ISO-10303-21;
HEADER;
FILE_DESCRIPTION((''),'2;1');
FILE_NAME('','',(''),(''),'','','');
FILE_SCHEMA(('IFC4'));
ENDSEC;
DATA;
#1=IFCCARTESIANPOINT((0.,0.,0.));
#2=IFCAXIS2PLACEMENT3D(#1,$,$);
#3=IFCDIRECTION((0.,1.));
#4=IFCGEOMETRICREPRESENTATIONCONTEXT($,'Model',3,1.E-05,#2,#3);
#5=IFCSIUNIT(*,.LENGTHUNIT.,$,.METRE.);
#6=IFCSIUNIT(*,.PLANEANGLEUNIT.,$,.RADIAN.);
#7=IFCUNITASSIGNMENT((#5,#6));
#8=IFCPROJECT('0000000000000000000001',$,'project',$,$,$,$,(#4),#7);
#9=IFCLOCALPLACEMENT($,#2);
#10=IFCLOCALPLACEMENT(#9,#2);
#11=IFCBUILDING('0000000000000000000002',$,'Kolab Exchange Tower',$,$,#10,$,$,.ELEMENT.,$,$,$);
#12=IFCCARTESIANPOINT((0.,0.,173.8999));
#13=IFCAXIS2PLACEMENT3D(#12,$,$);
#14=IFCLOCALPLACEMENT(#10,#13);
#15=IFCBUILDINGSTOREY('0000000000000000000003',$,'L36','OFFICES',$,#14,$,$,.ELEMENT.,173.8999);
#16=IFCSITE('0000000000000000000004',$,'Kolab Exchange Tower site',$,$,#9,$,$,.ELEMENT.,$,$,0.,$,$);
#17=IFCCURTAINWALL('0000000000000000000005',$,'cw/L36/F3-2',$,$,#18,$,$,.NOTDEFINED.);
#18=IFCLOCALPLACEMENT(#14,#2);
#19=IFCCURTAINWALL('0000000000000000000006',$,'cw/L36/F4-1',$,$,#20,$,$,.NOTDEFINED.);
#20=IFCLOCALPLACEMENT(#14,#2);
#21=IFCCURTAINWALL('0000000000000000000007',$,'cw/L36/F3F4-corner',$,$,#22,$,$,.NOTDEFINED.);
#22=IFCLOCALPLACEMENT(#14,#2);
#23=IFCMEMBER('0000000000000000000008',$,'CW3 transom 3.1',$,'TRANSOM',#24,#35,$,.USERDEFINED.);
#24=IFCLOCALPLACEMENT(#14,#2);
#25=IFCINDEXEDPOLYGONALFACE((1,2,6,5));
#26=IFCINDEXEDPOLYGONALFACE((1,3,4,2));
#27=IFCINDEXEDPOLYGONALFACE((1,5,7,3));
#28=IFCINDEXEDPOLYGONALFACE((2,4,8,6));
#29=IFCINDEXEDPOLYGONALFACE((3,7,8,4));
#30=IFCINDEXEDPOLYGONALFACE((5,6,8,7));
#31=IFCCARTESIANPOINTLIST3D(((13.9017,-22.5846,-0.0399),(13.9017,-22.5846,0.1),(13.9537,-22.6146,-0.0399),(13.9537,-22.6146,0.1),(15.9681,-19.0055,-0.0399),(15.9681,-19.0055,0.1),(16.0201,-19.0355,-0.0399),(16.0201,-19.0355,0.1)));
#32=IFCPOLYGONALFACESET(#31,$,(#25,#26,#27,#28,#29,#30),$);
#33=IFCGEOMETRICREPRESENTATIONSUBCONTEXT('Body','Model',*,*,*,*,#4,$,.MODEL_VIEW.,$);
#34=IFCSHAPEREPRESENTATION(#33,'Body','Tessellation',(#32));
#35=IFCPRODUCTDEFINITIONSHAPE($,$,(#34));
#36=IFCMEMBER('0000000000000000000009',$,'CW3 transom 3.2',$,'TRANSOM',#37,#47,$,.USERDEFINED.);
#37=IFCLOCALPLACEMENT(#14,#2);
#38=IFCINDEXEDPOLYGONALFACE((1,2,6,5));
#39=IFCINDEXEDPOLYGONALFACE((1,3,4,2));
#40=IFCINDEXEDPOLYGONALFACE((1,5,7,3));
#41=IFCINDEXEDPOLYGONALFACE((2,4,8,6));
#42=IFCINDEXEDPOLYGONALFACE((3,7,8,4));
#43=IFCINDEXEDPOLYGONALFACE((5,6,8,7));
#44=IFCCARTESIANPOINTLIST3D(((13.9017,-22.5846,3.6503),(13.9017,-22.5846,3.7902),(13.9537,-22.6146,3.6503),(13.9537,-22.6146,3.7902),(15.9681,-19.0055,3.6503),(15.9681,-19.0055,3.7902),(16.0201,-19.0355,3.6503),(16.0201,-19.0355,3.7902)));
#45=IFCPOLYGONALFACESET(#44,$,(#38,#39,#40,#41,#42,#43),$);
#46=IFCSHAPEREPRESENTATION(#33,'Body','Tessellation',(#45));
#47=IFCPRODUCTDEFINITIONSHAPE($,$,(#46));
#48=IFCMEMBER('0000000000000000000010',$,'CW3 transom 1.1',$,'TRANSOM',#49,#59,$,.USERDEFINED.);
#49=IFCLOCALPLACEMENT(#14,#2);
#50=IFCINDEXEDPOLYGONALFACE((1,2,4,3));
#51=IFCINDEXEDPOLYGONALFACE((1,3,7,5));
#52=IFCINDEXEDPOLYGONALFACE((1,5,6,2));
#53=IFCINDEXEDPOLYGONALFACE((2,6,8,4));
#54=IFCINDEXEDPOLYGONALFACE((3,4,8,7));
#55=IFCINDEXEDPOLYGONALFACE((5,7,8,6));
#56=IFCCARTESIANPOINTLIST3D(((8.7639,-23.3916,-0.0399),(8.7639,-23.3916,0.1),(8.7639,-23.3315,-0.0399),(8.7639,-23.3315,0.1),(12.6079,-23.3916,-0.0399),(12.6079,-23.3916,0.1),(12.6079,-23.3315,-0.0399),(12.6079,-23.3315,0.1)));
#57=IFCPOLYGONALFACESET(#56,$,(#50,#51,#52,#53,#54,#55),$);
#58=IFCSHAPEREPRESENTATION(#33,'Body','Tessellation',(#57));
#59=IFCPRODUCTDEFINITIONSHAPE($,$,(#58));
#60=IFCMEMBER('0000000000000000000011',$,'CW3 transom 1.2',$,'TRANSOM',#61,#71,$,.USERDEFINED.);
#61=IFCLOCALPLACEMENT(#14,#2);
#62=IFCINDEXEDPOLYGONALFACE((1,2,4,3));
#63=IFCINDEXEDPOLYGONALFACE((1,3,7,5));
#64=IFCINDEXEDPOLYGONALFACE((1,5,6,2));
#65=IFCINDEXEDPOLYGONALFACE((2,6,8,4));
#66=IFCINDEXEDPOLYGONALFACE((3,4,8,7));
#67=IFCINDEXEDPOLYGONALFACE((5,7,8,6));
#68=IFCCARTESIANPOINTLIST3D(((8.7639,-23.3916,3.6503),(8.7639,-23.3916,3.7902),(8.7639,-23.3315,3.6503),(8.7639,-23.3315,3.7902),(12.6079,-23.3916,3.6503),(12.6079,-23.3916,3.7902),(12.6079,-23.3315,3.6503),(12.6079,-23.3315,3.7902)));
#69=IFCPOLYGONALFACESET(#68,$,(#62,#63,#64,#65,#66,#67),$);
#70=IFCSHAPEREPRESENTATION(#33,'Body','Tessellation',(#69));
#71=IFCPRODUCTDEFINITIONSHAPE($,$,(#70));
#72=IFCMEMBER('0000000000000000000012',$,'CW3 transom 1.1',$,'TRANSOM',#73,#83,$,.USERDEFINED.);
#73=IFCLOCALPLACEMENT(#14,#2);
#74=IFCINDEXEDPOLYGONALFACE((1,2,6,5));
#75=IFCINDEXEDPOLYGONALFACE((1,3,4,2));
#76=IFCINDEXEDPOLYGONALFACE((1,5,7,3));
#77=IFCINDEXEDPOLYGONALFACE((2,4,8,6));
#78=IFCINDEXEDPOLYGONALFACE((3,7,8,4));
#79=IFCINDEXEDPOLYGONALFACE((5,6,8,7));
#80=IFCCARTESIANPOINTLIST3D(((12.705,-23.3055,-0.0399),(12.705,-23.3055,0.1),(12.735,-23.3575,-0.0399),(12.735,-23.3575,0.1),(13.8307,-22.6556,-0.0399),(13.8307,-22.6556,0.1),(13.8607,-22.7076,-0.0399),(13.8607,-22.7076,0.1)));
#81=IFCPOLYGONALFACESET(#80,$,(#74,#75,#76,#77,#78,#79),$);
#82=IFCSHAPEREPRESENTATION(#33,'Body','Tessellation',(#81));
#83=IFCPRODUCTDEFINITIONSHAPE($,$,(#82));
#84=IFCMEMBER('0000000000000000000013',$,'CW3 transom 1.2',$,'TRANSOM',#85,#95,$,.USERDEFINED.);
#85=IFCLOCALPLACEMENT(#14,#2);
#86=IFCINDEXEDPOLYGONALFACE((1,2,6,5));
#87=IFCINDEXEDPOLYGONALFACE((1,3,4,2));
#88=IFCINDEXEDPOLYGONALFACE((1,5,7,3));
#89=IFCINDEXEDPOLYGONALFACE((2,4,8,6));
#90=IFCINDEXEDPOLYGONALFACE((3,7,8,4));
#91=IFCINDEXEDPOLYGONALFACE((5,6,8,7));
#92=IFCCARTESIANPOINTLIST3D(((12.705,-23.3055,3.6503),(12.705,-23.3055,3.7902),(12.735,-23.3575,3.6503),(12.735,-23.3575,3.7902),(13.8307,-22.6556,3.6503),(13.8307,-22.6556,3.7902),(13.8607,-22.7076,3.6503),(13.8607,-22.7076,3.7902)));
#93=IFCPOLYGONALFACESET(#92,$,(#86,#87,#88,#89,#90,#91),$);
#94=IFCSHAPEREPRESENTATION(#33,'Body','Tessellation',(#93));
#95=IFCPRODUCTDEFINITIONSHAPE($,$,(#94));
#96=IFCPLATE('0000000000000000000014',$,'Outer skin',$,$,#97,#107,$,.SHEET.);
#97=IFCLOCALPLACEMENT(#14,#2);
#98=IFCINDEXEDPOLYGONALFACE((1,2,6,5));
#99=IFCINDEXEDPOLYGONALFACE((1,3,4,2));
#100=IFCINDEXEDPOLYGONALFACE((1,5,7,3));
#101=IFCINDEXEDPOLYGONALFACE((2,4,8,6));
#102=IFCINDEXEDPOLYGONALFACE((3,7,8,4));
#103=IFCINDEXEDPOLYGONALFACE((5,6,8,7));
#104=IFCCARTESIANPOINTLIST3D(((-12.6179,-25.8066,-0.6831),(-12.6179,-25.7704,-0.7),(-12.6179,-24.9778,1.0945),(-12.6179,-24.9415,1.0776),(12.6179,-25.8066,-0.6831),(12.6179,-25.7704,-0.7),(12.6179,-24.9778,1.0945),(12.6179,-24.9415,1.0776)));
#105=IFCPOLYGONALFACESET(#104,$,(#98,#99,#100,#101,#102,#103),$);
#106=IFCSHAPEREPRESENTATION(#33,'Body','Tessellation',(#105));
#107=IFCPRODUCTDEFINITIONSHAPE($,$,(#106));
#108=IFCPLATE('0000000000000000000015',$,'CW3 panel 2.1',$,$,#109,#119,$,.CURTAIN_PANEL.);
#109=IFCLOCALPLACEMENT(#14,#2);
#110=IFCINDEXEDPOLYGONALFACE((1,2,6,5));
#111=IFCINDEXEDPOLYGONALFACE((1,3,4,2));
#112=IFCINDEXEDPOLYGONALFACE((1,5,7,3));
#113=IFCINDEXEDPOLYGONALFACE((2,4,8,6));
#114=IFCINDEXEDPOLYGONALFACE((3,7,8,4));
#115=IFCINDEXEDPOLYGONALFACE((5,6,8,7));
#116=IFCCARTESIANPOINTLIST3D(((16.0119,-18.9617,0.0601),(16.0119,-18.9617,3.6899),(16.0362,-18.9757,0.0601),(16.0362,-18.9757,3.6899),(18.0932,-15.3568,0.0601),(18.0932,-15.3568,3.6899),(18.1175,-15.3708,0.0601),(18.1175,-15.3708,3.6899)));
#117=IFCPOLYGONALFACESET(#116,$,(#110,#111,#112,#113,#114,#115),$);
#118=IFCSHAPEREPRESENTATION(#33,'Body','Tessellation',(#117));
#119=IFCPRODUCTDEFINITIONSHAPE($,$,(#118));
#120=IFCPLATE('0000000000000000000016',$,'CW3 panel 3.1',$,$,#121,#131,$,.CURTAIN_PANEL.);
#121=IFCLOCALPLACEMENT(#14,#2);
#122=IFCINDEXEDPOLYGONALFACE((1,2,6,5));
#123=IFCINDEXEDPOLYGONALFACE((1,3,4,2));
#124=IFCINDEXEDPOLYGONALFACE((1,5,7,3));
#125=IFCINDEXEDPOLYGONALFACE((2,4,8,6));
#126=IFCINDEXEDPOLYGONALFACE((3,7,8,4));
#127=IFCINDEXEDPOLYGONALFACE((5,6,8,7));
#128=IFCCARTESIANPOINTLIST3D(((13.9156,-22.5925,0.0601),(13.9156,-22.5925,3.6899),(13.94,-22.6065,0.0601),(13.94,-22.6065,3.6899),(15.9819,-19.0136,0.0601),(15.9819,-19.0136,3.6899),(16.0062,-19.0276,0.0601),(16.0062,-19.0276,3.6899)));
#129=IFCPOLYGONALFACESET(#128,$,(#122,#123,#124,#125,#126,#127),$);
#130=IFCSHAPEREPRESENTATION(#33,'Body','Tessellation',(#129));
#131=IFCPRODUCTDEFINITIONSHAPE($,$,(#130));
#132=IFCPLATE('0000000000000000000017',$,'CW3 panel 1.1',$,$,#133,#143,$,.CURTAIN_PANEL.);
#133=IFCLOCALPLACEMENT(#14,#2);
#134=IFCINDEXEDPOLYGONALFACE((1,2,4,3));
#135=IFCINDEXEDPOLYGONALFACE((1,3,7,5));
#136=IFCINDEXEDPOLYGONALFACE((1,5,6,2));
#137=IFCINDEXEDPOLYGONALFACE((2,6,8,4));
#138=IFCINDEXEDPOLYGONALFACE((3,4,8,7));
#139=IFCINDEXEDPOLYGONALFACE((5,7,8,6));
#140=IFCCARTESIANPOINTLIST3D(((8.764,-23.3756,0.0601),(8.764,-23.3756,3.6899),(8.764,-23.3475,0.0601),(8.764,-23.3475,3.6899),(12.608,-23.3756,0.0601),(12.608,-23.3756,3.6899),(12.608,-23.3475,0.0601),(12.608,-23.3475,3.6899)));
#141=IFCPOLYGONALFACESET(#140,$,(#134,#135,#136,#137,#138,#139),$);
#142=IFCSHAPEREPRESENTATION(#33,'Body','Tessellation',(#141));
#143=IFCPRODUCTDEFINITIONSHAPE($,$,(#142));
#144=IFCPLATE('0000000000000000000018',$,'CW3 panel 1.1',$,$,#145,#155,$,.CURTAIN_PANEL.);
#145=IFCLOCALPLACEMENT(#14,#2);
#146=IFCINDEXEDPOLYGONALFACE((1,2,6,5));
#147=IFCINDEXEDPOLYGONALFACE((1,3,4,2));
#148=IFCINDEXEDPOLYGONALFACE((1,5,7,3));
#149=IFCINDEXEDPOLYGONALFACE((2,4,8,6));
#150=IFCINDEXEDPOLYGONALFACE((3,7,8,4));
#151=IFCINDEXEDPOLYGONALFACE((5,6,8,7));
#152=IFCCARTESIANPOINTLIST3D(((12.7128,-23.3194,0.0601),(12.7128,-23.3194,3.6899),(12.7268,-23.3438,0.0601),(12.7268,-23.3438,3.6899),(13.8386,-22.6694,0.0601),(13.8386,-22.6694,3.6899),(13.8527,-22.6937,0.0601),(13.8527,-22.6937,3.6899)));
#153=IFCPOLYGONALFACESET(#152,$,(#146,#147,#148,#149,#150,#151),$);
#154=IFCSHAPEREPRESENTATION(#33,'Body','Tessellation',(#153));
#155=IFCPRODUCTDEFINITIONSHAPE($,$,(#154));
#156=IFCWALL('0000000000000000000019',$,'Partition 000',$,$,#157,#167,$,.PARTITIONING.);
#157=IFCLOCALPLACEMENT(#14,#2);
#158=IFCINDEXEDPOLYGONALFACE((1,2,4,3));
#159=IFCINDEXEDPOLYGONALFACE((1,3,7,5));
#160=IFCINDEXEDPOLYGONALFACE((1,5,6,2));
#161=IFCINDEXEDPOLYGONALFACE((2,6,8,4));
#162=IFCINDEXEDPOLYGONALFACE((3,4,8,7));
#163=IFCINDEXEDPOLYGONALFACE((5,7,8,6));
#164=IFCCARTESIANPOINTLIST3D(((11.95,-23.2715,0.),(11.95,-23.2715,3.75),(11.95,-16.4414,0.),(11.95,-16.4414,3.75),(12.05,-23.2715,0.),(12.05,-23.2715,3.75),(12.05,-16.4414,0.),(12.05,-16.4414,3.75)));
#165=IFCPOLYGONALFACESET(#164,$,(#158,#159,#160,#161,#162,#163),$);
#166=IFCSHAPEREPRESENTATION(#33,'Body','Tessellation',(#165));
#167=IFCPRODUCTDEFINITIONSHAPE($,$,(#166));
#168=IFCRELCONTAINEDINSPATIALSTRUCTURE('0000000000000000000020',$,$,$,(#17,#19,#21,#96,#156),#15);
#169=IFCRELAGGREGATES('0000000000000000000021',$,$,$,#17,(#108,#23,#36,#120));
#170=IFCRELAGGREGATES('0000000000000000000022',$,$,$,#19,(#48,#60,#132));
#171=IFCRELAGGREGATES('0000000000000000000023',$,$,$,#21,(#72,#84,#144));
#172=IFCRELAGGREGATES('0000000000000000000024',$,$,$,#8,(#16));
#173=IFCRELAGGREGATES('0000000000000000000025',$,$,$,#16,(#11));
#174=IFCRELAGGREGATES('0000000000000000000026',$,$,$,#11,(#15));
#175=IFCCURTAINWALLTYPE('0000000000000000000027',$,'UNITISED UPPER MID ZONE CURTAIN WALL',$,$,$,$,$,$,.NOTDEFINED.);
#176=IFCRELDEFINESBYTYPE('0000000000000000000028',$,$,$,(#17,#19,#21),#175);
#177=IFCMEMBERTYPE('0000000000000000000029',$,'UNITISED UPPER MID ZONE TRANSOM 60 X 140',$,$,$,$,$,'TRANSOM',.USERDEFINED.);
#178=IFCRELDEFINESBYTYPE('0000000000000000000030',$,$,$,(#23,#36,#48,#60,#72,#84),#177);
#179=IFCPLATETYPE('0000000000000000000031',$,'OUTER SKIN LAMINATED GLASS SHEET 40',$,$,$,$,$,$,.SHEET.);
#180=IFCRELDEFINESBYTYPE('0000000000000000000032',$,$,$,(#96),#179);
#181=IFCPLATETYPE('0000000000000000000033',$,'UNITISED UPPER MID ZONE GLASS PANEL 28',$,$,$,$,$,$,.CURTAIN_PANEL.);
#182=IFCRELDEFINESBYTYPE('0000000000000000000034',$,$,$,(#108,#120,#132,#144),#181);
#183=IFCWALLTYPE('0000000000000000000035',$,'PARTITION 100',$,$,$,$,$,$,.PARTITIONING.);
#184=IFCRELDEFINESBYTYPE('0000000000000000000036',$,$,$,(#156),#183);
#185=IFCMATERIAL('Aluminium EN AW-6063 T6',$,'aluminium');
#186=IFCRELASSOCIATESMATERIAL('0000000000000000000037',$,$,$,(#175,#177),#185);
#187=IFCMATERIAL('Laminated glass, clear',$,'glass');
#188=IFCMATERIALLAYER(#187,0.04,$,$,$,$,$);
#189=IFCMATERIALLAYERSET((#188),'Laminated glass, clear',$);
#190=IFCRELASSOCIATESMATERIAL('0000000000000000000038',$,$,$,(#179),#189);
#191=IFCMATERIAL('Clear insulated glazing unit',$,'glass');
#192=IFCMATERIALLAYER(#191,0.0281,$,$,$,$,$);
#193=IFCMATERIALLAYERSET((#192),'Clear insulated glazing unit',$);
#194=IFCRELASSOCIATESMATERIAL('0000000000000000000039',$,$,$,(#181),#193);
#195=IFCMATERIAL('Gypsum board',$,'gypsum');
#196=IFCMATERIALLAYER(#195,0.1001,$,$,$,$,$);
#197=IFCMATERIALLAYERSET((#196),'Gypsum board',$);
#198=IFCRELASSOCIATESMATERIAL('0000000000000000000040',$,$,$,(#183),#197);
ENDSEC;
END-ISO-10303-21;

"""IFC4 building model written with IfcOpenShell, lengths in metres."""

from ifc_helpers import new_model, si_unit, direction, frame, frame_2d, origin, origin_2d, place, context, subcontext, project, spatial, polyline, rectangle, outline, extrude, material, layer, layer_set, material_profile, profile_set, type_object, element, aggregate, save


model = new_model("IFC4")

# Units and contexts
model_context = context("Model", 3, precision=1e-05, world=origin(), true_north=direction((0.0, 1.0)))
body_context = subcontext(model_context, "Body", "Model", "MODEL_VIEW")
ifc_project = project(units=[si_unit("LENGTHUNIT", "METRE"), si_unit("PLANEANGLEUNIT", "RADIAN")], contexts=[model_context])

# Site, building, storey
site_placement = place(None, origin())
site = spatial("IfcSite", under=ifc_project, at=site_placement, Name="Kolab Exchange Tower site", CompositionType="ELEMENT", RefElevation=0.0)
building_placement = place(site_placement, origin())
building = spatial("IfcBuilding", under=site, at=building_placement, Name="Kolab Exchange Tower", CompositionType="ELEMENT")
storey_placement = place(building_placement, frame((0.0, 0.0, 173.8999)))
storey = spatial("IfcBuildingStorey", under=building, at=storey_placement, Name="L36", Description="OFFICES", CompositionType="ELEMENT", Elevation=173.8999)

# Curtain wall
ifc_material_1 = material(Name="Aluminium EN AW-6063 T6", Category="aluminium")
curtain_wall_type = type_object("IfcCurtainWallType", Name="UNITISED UPPER MID ZONE CURTAIN WALL", PredefinedType="NOTDEFINED", material=ifc_material_1)
curtain_wall_1_placement = place(storey_placement, origin())
curtain_wall_1 = element("IfcCurtainWall", 1, at=curtain_wall_1_placement, inside=storey, type_object=curtain_wall_type, Name="cw/L36/F3-2", PredefinedType="NOTDEFINED")

# Curtain wall
curtain_wall_2_placement = place(storey_placement, origin())
curtain_wall_2 = element("IfcCurtainWall", 2, at=curtain_wall_2_placement, inside=storey, type_object=curtain_wall_type, Name="cw/L36/F4-1", PredefinedType="NOTDEFINED")

# Curtain wall
curtain_wall_3_placement = place(storey_placement, origin())
curtain_wall_3 = element("IfcCurtainWall", 3, at=curtain_wall_3_placement, inside=storey, type_object=curtain_wall_type, Name="cw/L36/F3F4-corner", PredefinedType="NOTDEFINED")

# Members
ifc_material_profile_1 = material_profile(ifc_material_1, rectangle(XDim=0.0601, YDim=0.1399, at=origin_2d()), Name="RECT 60X140")
ifc_profile_set_1 = profile_set([ifc_material_profile_1], Name="Aluminium EN AW-6063 T6")
member_type_1 = type_object("IfcMemberType", Name="UNITISED UPPER MID ZONE TRANSOM 60 X 140", ElementType="TRANSOM", PredefinedType="USERDEFINED", material=ifc_profile_set_1)
member_1_placement = place(storey_placement, frame((15.9941, -19.0205, 0.03), z_axis=(-0.500002, -0.866024, 0.0), x_axis=(0.866024, -0.500002, 0.0)))
member_1 = element("IfcMember", 4, at=member_1_placement, type_object=member_type_1, Name="CW3 transom 3.1", ObjectType="TRANSOM", PredefinedType="USERDEFINED", context=body_context, shape_type="SweptSolid", body=[
    extrude(rectangle(XDim=0.0601, YDim=0.1399, at=origin_2d()), origin(), (0.0, 0.0, 1.0), 4.1328),
])
member_2_placement = place(storey_placement, frame((15.9941, -19.0205, 3.7202), z_axis=(-0.500002, -0.866024, 0.0), x_axis=(0.866024, -0.500002, 0.0)))
member_2 = element("IfcMember", 5, at=member_2_placement, type_object=member_type_1, Name="CW3 transom 3.2", ObjectType="TRANSOM", PredefinedType="USERDEFINED", context=body_context, shape_type="SweptSolid", body=[
    extrude(rectangle(XDim=0.0601, YDim=0.1399, at=origin_2d()), origin(), (0.0, 0.0, 1.0), 4.1328),
])
member_3_placement = place(storey_placement, frame((12.6079, -23.3616, 0.03), z_axis=(-1.0, 0.0, 0.0), x_axis=(0.0, -1.0, 0.0)))
member_3 = element("IfcMember", 6, at=member_3_placement, type_object=member_type_1, Name="CW3 transom 1.1", ObjectType="TRANSOM", PredefinedType="USERDEFINED", context=body_context, shape_type="SweptSolid", body=[
    extrude(rectangle(XDim=0.0601, YDim=0.1399, at=origin_2d()), origin(), (0.0, 0.0, 1.0), 3.844),
])
member_4_placement = place(storey_placement, frame((12.6079, -23.3616, 3.7202), z_axis=(-1.0, 0.0, 0.0), x_axis=(0.0, -1.0, 0.0)))
member_4 = element("IfcMember", 7, at=member_4_placement, type_object=member_type_1, Name="CW3 transom 1.2", ObjectType="TRANSOM", PredefinedType="USERDEFINED", context=body_context, shape_type="SweptSolid", body=[
    extrude(rectangle(XDim=0.0601, YDim=0.1399, at=origin_2d()), origin(), (0.0, 0.0, 1.0), 3.844),
])
member_5_placement = place(storey_placement, frame((13.8457, -22.6816, 0.03), z_axis=(-0.866039, -0.499977, 0.0), x_axis=(0.499977, -0.866039, 0.0)))
member_5 = element("IfcMember", 8, at=member_5_placement, type_object=member_type_1, Name="CW3 transom 1.1", ObjectType="TRANSOM", PredefinedType="USERDEFINED", context=body_context, shape_type="SweptSolid", body=[
    extrude(rectangle(XDim=0.0601, YDim=0.1399, at=origin_2d()), origin(), (0.0, 0.0, 1.0), 1.2998),
])
member_6_placement = place(storey_placement, frame((13.8457, -22.6816, 3.7202), z_axis=(-0.866039, -0.499977, 0.0), x_axis=(0.499977, -0.866039, 0.0)))
member_6 = element("IfcMember", 9, at=member_6_placement, type_object=member_type_1, Name="CW3 transom 1.2", ObjectType="TRANSOM", PredefinedType="USERDEFINED", context=body_context, shape_type="SweptSolid", body=[
    extrude(rectangle(XDim=0.0601, YDim=0.1399, at=origin_2d()), origin(), (0.0, 0.0, 1.0), 1.2998),
])

# Plates
ifc_material_2 = material(Name="Laminated glass, clear", Category="glass")
ifc_layer_1 = layer(ifc_material_2, 0.04)
ifc_layer_set_1 = layer_set([ifc_layer_1], Name="Laminated glass, clear")
plate_type_1 = type_object("IfcPlateType", Name="OUTER SKIN LAMINATED GLASS SHEET 40", PredefinedType="SHEET", material=ifc_layer_set_1)
plate_1_placement = place(storey_placement, frame((12.6179, -25.8066, -0.6831), z_axis=(0.0, -0.906317, 0.422599), x_axis=(-1.0, 0.0, 0.0)))
element("IfcPlate", 10, at=plate_1_placement, inside=storey, type_object=plate_type_1, Name="Outer skin", PredefinedType="SHEET", context=body_context, shape_type="SweptSolid", body=[
    extrude(outline(polyline([(0.0, 0.0), (25.2358, 0.0), (25.2358, -1.9613), (0.0, -1.9613), (0.0, 0.0)])), origin(), (0.0, 0.0, -1.0), 0.04),
])
ifc_material_3 = material(Name="Clear insulated glazing unit", Category="glass")
ifc_layer_2 = layer(ifc_material_3, 0.0281)
ifc_layer_set_2 = layer_set([ifc_layer_2], Name="Clear insulated glazing unit")
plate_type_2 = type_object("IfcPlateType", Name="UNITISED UPPER MID ZONE GLASS PANEL 28", PredefinedType="CURTAIN_PANEL", material=ifc_layer_set_2)
plate_2_placement = place(storey_placement, frame((17.0647, -17.1663, 0.0601), z_axis=(0.0, 0.0, 1.0), x_axis=(-0.5, -0.866025, 0.0)))
plate_2 = element("IfcPlate", 11, at=plate_2_placement, type_object=plate_type_2, Name="CW3 panel 2.1", PredefinedType="CURTAIN_PANEL", context=body_context, shape_type="SweptSolid", body=[
    extrude(rectangle(XDim=4.1626, YDim=0.0281, at=origin_2d()), origin(), (0.0, 0.0, 1.0), 3.6299),
])
plate_3_placement = place(storey_placement, frame((14.9609, -20.8101, 0.0601), z_axis=(0.0, 0.0, 1.0), x_axis=(-0.5, -0.866025, 0.0)))
plate_3 = element("IfcPlate", 12, at=plate_3_placement, type_object=plate_type_2, Name="CW3 panel 3.1", PredefinedType="CURTAIN_PANEL", context=body_context, shape_type="SweptSolid", body=[
    extrude(rectangle(XDim=4.1326, YDim=0.0281, at=origin_2d()), origin(), (0.0, 0.0, 1.0), 3.6299),
])
aggregate(curtain_wall_1, [plate_2, member_1, member_2, plate_3])
plate_4_placement = place(storey_placement, frame((10.686, -23.3616, 0.0601), z_axis=(0.0, 0.0, 1.0), x_axis=(-1.0, 0.0, 0.0)))
plate_4 = element("IfcPlate", 13, at=plate_4_placement, type_object=plate_type_2, Name="CW3 panel 1.1", PredefinedType="CURTAIN_PANEL", context=body_context, shape_type="SweptSolid", body=[
    extrude(rectangle(XDim=3.844, YDim=0.0281, at=origin_2d()), origin(), (0.0, 0.0, 1.0), 3.6299),
])
aggregate(curtain_wall_2, [member_3, member_4, plate_4])
plate_5_placement = place(storey_placement, frame((13.2827, -23.0066, 0.0601), z_axis=(0.0, 0.0, 1.0), x_axis=(-0.866025, -0.5, 0.0)))
plate_5 = element("IfcPlate", 14, at=plate_5_placement, type_object=plate_type_2, Name="CW3 panel 1.1", PredefinedType="CURTAIN_PANEL", context=body_context, shape_type="SweptSolid", body=[
    extrude(rectangle(XDim=1.3, YDim=0.0281, at=origin_2d()), origin(), (0.0, 0.0, 1.0), 3.6299),
])
aggregate(curtain_wall_3, [member_5, member_6, plate_5])

# Wall
ifc_material_4 = material(Name="Gypsum board", Category="gypsum")
ifc_layer_3 = layer(ifc_material_4, 0.1001)
ifc_layer_set_3 = layer_set([ifc_layer_3], Name="Gypsum board")
wall_type = type_object("IfcWallType", Name="PARTITION 100", PredefinedType="PARTITIONING", material=ifc_layer_set_3)
wall_placement = place(storey_placement, frame((12.0, -23.2715, 0.0), z_axis=(0.0, 0.0, 1.0), x_axis=(0.0, 1.0, 0.0)))
element("IfcWall", 15, at=wall_placement, inside=storey, type_object=wall_type, Name="Partition 000", PredefinedType="PARTITIONING", context=body_context, shape_type="SweptSolid", body=[
    extrude(rectangle(XDim=6.8301, YDim=0.1001, at=frame_2d((3.415, 0.0))), origin(), (0.0, 0.0, 1.0), 3.75),
])

save(model, "model.ifc")
